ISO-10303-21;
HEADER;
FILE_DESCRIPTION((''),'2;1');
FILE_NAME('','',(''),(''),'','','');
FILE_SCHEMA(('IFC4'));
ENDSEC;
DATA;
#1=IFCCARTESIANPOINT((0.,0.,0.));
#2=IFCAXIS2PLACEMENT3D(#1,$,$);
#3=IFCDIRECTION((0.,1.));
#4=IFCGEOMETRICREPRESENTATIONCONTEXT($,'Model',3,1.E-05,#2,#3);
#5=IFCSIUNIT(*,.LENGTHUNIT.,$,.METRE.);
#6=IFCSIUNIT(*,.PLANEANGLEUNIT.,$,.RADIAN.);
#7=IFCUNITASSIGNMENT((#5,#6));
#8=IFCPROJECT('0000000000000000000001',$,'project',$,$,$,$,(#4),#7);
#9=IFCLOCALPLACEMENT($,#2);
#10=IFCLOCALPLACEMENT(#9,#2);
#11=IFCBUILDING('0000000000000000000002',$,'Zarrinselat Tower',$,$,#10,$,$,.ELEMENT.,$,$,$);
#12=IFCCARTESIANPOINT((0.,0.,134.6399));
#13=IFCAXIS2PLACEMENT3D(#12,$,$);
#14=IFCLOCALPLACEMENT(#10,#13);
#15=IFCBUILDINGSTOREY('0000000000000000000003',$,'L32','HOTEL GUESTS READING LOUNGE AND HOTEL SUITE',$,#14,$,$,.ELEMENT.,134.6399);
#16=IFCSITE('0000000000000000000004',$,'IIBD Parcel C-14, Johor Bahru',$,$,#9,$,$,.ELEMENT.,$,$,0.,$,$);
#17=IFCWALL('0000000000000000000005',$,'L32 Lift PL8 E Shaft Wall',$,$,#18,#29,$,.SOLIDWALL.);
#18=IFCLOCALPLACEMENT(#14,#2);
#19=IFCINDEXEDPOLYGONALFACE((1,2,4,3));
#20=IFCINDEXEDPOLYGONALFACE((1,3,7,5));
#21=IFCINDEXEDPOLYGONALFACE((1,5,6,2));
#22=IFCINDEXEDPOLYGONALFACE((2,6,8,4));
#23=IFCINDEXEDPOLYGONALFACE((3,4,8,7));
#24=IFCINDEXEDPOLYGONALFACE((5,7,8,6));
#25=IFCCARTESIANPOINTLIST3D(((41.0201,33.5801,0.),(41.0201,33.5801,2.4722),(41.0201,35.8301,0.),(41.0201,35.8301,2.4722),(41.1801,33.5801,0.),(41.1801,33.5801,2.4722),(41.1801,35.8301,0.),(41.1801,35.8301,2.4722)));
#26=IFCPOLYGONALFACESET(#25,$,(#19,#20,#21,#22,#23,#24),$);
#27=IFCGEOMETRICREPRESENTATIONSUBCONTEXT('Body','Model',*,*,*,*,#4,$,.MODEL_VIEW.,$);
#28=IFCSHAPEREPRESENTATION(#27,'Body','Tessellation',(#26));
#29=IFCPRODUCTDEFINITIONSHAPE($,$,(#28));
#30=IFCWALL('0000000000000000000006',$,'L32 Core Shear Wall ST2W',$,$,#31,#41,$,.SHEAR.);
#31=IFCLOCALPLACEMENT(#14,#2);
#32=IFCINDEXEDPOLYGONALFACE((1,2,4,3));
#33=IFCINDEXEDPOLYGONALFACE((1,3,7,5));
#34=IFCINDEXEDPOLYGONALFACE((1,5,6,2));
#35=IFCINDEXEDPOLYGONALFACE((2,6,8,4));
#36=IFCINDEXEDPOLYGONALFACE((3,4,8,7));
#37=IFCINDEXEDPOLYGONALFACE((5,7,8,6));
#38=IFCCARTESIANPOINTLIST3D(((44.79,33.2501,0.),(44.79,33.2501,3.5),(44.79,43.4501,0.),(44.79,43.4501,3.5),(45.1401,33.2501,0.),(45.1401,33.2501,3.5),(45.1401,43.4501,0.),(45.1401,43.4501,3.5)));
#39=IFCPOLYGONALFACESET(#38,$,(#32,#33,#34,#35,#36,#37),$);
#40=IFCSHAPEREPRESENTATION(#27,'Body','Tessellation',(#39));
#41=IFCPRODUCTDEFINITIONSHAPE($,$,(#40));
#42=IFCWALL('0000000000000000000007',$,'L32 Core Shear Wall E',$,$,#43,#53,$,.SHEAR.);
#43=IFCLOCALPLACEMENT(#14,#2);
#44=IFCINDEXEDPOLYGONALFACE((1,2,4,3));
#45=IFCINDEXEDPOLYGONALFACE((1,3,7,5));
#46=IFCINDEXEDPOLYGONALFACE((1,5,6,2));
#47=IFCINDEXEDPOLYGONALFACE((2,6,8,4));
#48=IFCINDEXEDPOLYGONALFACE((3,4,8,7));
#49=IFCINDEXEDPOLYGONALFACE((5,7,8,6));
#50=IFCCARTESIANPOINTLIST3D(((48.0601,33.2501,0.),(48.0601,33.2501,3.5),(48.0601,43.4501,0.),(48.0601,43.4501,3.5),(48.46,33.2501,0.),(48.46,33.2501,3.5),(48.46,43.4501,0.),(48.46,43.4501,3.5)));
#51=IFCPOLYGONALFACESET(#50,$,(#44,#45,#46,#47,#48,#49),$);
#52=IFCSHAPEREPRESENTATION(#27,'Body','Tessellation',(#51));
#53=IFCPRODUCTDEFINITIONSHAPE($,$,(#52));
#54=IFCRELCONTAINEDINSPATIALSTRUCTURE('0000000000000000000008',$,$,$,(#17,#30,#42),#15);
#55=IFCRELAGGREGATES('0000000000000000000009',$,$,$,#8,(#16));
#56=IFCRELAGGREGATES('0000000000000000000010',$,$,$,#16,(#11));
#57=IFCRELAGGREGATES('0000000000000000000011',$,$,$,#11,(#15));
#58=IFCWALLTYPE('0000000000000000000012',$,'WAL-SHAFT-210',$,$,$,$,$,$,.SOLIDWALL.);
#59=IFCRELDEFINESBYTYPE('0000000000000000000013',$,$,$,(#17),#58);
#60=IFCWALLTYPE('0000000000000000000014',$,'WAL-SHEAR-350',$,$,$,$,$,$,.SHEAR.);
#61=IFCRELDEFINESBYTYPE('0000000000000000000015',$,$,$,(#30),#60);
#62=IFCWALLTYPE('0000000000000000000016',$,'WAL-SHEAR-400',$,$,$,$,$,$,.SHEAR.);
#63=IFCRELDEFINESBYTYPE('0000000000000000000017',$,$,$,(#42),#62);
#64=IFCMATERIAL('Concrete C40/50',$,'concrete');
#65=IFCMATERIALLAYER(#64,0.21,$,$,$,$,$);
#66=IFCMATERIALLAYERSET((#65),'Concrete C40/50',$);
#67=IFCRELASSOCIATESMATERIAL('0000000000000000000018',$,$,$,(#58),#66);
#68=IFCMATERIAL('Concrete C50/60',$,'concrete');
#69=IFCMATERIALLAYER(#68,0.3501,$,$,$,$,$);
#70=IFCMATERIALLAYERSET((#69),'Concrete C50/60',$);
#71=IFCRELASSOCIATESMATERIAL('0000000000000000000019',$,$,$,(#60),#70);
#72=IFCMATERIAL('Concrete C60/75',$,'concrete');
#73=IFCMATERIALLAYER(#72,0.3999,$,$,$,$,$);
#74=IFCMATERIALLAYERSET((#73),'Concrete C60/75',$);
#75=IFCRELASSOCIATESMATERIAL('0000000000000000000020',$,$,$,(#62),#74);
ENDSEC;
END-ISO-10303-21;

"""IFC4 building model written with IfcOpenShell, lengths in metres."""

from ifc_helpers import new_model, si_unit, direction, frame, frame_2d, origin, place, context, subcontext, project, spatial, rectangle, extrude, material, layer, layer_set, type_object, element, save


model = new_model("IFC4")

# Units and contexts
model_context = context("Model", 3, precision=1e-05, world=origin(), true_north=direction((0.0, 1.0)))
body_context = subcontext(model_context, "Body", "Model", "MODEL_VIEW")
ifc_project = project(units=[si_unit("LENGTHUNIT", "METRE"), si_unit("PLANEANGLEUNIT", "RADIAN")], contexts=[model_context])

# Site, building, storey
site_placement = place(None, origin())
site = spatial("IfcSite", under=ifc_project, at=site_placement, Name="IIBD Parcel C-14, Johor Bahru", CompositionType="ELEMENT", RefElevation=0.0)
building_placement = place(site_placement, origin())
building = spatial("IfcBuilding", under=site, at=building_placement, Name="Zarrinselat Tower", CompositionType="ELEMENT")
storey_placement = place(building_placement, frame((0.0, 0.0, 134.6399)))
storey = spatial("IfcBuildingStorey", under=building, at=storey_placement, Name="L32", Description="HOTEL GUESTS READING LOUNGE AND HOTEL SUITE", CompositionType="ELEMENT", Elevation=134.6399)

# Walls
ifc_material_1 = material(Name="Concrete C40/50", Category="concrete")
ifc_layer_1 = layer(ifc_material_1, 0.21)
ifc_layer_set_1 = layer_set([ifc_layer_1], Name="Concrete C40/50")
wall_type_1 = type_object("IfcWallType", Name="WAL-SHAFT-210", PredefinedType="SOLIDWALL", material=ifc_layer_set_1)
wall_1_placement = place(storey_placement, frame((41.1001, 33.5801, 0.0), z_axis=(0.0, 0.0, 1.0), x_axis=(0.0, 1.0, 0.0)))
element("IfcWall", 1, at=wall_1_placement, inside=storey, type_object=wall_type_1, Name="L32 Lift PL8 E Shaft Wall", PredefinedType="SOLIDWALL", context=body_context, shape_type="SweptSolid", body=[
    extrude(rectangle(XDim=2.25, YDim=0.1599, at=frame_2d((1.125, 0.0))), origin(), (0.0, 0.0, 1.0), 2.4722),
])
ifc_material_2 = material(Name="Concrete C50/60", Category="concrete")
ifc_layer_2 = layer(ifc_material_2, 0.3501)
ifc_layer_set_2 = layer_set([ifc_layer_2], Name="Concrete C50/60")
wall_type_2 = type_object("IfcWallType", Name="WAL-SHEAR-350", PredefinedType="SHEAR", material=ifc_layer_set_2)
wall_2_placement = place(storey_placement, frame((44.9651, 33.25, 0.0), z_axis=(0.0, 0.0, 1.0), x_axis=(0.0, 1.0, 0.0)))
element("IfcWall", 2, at=wall_2_placement, inside=storey, type_object=wall_type_2, Name="L32 Core Shear Wall ST2W", PredefinedType="SHEAR", context=body_context, shape_type="SweptSolid", body=[
    extrude(rectangle(XDim=10.2, YDim=0.3501, at=frame_2d((5.1001, 0.0))), origin(), (0.0, 0.0, 1.0), 3.5),
])
ifc_material_3 = material(Name="Concrete C60/75", Category="concrete")
ifc_layer_3 = layer(ifc_material_3, 0.3999)
ifc_layer_set_3 = layer_set([ifc_layer_3], Name="Concrete C60/75")
wall_type_3 = type_object("IfcWallType", Name="WAL-SHEAR-400", PredefinedType="SHEAR", material=ifc_layer_set_3)
wall_3_placement = place(storey_placement, frame((48.26, 33.25, 0.0), z_axis=(0.0, 0.0, 1.0), x_axis=(0.0, 1.0, 0.0)))
element("IfcWall", 3, at=wall_3_placement, inside=storey, type_object=wall_type_3, Name="L32 Core Shear Wall E", PredefinedType="SHEAR", context=body_context, shape_type="SweptSolid", body=[
    extrude(rectangle(XDim=10.2, YDim=0.3999, at=frame_2d((5.1001, 0.0))), origin(), (0.0, 0.0, 1.0), 3.5),
])

save(model, "model.ifc")
